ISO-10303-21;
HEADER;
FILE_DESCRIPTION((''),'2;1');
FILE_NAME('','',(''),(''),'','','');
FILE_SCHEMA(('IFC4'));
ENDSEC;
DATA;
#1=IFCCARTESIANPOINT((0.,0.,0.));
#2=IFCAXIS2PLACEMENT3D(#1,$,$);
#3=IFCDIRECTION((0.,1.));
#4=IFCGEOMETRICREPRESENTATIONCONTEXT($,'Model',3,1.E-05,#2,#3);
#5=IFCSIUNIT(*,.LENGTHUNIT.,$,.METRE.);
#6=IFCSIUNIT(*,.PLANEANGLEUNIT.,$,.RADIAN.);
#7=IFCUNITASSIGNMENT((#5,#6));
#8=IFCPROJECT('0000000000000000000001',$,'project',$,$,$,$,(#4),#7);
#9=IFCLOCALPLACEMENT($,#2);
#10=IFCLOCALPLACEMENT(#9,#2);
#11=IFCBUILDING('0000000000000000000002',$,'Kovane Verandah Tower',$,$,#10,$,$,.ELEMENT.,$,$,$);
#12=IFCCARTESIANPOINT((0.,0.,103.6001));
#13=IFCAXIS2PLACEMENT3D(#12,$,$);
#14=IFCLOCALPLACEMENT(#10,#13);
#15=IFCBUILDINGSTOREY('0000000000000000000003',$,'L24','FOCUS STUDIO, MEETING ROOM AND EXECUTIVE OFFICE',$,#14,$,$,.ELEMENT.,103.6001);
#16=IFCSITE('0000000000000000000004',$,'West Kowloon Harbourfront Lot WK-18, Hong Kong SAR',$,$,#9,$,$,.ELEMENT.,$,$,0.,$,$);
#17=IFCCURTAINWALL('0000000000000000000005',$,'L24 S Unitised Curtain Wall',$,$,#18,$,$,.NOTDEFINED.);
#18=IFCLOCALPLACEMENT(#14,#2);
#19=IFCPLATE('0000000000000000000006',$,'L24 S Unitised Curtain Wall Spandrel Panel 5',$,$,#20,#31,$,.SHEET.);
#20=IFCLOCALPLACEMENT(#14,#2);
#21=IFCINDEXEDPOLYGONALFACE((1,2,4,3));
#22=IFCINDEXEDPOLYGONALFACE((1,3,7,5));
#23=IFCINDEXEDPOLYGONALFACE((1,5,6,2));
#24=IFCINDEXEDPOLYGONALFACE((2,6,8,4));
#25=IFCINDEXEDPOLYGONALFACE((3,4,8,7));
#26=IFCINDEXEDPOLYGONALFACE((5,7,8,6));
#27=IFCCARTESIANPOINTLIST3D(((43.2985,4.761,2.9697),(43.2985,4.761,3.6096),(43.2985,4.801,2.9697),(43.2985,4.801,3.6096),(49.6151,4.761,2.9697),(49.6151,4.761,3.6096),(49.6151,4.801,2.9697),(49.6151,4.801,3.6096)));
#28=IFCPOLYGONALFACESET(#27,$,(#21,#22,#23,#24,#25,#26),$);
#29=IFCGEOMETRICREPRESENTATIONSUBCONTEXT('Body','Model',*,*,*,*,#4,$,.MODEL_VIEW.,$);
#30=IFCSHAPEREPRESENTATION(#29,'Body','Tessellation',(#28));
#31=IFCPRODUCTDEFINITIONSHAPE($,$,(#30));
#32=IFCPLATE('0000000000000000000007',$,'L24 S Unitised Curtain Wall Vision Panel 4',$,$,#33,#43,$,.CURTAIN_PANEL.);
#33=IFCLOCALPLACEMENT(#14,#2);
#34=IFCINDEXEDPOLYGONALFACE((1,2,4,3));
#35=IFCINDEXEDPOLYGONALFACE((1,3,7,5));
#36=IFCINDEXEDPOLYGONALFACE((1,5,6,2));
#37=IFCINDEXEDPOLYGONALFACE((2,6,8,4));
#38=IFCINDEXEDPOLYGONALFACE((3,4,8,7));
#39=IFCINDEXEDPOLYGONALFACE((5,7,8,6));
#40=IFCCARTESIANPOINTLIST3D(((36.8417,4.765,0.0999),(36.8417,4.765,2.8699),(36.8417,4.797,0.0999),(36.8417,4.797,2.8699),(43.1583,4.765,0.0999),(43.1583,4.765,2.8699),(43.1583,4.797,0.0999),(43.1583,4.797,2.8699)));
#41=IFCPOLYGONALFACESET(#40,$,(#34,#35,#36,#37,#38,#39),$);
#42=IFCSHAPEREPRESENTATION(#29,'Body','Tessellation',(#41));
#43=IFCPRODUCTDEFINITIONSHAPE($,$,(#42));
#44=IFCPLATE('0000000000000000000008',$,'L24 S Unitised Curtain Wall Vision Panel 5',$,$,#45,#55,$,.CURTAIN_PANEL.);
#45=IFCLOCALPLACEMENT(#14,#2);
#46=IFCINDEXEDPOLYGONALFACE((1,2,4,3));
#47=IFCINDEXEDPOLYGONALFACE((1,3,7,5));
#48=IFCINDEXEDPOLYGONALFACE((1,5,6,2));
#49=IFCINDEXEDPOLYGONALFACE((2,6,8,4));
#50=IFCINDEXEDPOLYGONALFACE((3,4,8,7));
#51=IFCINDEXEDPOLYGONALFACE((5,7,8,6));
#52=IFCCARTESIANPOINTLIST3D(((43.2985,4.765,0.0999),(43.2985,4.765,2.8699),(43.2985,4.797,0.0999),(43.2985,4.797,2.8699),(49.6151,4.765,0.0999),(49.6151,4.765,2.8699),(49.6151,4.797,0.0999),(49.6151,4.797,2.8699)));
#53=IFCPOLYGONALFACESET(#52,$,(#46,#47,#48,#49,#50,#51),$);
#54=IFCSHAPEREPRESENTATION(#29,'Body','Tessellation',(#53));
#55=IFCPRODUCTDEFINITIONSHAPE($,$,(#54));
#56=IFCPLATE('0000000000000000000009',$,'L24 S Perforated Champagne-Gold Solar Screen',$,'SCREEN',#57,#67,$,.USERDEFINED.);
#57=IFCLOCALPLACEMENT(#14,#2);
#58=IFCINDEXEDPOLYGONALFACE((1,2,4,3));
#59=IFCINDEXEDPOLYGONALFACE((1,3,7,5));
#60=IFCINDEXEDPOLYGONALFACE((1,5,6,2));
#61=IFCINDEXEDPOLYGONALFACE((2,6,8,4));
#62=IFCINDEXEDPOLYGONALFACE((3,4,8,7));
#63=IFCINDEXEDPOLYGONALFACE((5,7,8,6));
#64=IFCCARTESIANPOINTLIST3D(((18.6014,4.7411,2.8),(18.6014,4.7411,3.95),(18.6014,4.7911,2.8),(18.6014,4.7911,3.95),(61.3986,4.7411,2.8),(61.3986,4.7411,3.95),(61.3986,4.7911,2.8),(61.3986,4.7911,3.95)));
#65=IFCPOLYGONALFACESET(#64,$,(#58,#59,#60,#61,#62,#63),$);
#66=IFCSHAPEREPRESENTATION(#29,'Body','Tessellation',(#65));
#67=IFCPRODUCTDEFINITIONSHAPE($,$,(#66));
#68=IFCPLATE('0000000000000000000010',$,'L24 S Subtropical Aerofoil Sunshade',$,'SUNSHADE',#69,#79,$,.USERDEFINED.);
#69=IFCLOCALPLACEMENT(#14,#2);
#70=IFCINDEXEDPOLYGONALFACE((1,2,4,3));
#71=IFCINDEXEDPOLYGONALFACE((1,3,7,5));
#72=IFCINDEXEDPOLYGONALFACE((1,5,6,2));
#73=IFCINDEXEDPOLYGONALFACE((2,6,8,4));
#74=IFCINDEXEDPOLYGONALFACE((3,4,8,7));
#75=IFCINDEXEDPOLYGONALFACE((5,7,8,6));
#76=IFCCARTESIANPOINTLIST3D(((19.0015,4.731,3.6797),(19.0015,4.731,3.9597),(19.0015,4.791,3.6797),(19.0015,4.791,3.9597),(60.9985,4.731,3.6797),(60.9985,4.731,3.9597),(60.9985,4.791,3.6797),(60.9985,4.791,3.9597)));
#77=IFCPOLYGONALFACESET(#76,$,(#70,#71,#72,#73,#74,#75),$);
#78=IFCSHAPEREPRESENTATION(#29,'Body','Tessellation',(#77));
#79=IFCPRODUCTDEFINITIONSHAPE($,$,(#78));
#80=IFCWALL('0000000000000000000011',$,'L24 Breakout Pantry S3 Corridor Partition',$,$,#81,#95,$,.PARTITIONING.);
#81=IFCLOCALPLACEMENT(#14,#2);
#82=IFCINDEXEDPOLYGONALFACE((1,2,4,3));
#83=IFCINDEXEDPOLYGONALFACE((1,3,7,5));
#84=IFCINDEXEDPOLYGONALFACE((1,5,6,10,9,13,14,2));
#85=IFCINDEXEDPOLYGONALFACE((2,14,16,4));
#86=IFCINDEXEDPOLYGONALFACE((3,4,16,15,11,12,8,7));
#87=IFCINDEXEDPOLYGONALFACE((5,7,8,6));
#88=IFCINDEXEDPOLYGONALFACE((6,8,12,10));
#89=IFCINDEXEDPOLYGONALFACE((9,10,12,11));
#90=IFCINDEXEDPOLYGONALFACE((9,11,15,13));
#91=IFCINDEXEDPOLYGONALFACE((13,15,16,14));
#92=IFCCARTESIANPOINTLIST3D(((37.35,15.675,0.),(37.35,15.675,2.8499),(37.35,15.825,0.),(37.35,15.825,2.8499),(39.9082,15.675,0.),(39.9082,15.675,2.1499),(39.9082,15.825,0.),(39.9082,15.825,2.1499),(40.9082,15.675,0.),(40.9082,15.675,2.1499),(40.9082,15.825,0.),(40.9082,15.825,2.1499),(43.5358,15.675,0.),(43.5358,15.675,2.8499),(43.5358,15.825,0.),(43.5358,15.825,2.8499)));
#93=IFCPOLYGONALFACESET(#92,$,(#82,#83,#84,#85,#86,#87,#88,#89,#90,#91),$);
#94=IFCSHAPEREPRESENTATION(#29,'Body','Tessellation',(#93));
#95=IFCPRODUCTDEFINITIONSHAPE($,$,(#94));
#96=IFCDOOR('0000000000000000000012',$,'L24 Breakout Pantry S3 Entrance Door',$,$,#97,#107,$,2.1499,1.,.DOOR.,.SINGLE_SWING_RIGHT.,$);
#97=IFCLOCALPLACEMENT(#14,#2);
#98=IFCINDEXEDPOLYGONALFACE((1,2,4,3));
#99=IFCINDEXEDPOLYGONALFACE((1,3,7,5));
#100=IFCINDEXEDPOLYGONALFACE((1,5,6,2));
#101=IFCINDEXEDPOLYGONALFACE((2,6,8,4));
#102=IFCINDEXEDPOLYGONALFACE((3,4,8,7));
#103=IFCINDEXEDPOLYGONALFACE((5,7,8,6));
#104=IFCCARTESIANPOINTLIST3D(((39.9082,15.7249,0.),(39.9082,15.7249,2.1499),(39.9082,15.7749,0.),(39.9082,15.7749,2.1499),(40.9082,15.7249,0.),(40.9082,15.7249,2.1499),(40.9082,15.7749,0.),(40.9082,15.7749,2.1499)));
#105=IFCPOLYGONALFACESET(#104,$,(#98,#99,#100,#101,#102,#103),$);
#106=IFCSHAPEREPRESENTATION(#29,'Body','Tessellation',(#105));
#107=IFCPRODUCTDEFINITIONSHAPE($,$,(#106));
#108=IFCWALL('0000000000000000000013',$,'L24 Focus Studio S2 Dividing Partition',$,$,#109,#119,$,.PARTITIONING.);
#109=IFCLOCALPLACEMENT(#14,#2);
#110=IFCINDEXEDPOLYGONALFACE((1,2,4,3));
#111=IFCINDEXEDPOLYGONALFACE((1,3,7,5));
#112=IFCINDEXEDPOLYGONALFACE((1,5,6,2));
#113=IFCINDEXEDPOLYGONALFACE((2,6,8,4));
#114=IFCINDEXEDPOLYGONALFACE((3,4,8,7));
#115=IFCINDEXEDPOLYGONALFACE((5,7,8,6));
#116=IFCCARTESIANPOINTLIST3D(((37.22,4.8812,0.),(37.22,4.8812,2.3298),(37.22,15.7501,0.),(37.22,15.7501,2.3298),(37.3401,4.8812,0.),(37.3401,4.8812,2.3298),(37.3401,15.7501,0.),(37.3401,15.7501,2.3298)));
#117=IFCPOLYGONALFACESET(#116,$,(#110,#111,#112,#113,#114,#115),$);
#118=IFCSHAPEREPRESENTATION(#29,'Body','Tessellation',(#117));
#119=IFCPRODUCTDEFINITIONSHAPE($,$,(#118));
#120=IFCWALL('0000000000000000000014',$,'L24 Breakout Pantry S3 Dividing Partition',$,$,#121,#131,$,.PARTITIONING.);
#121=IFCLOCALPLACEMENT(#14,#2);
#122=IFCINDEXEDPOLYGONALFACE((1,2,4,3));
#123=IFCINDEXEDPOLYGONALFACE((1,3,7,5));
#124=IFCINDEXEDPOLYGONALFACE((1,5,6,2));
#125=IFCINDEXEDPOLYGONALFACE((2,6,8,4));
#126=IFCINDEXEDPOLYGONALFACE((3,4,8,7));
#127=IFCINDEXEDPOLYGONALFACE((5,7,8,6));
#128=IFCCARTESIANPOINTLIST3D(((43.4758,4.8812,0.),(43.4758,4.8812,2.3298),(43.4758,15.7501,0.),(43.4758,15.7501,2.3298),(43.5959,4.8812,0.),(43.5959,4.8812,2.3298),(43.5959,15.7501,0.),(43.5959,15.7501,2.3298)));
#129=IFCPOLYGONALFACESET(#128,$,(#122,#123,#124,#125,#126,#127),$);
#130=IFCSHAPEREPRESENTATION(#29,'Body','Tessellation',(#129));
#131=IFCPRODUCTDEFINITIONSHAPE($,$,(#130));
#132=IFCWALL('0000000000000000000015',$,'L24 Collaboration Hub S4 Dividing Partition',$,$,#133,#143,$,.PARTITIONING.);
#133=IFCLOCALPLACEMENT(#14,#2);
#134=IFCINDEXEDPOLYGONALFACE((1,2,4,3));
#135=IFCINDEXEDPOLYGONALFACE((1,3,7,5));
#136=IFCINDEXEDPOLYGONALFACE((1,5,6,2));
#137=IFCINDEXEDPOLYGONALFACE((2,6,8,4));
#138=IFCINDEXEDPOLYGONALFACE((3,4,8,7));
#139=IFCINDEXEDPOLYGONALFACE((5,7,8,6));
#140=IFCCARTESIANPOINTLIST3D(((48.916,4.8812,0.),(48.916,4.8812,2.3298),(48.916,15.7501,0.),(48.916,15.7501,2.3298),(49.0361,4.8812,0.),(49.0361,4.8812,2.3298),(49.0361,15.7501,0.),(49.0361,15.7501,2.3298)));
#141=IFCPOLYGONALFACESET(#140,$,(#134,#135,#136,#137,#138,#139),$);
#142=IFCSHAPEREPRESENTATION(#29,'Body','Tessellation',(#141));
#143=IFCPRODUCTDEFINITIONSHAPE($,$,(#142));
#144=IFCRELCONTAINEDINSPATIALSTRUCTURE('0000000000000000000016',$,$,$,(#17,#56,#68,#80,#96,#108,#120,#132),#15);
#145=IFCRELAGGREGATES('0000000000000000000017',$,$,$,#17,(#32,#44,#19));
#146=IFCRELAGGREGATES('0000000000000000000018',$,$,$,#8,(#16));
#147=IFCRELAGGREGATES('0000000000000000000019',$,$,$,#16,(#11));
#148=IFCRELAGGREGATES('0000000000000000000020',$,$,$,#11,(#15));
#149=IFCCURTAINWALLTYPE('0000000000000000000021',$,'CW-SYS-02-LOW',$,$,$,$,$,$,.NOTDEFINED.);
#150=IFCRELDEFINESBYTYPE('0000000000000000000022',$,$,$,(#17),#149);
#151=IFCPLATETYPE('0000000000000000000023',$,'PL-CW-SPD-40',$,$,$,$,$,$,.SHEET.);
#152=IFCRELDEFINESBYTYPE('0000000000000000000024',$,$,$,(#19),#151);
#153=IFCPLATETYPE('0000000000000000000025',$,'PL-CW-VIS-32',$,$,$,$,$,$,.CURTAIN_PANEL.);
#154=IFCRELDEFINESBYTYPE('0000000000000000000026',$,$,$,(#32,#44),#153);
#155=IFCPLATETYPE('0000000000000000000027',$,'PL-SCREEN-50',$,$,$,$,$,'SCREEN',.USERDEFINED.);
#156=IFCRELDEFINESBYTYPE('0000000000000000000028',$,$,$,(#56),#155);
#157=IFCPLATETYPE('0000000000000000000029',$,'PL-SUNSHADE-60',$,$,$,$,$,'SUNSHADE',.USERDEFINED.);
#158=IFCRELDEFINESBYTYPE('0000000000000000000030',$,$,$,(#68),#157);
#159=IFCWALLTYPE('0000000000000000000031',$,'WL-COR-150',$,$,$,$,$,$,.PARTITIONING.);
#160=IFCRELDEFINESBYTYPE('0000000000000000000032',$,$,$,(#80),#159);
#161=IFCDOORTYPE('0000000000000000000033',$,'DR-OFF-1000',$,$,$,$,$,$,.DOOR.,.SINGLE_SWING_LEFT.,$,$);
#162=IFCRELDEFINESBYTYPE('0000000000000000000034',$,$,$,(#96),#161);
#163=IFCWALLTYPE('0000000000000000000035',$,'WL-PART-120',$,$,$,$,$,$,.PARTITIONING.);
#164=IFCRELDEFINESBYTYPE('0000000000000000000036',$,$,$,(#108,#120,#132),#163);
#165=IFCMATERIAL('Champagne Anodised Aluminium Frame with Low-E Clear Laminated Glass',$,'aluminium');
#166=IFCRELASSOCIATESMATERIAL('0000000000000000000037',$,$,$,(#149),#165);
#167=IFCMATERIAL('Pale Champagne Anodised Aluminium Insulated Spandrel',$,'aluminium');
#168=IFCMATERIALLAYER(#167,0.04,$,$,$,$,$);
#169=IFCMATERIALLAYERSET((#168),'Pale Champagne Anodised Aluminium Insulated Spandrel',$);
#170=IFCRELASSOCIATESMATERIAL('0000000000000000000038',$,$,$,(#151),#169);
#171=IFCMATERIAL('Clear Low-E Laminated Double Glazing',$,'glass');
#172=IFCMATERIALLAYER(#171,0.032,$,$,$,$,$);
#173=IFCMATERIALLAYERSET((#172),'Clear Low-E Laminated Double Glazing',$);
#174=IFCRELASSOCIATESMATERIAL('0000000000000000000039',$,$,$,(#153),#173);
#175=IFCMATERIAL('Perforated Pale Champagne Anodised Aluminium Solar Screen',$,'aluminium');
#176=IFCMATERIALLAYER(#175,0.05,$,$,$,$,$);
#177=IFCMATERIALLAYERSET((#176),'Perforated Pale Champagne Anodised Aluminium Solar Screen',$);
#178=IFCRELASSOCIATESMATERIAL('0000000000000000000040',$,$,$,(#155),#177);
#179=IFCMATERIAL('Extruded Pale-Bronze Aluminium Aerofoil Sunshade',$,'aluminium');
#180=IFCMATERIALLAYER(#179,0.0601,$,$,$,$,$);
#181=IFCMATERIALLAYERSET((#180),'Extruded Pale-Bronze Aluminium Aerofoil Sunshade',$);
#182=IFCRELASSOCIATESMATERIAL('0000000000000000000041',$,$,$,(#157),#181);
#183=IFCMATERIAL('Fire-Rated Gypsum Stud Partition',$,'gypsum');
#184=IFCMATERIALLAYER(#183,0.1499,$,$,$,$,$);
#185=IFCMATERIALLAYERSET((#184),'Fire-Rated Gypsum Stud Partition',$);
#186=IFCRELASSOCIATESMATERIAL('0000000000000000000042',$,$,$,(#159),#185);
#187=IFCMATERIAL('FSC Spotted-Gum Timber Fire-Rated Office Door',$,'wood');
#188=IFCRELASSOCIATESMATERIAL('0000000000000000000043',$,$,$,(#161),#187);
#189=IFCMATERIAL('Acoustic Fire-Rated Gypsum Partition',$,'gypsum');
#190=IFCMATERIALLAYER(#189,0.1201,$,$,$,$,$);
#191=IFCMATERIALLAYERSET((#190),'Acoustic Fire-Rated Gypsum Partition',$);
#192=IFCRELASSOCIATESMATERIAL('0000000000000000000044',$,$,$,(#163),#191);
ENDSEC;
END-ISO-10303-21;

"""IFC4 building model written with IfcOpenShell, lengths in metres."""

from ifc_helpers import new_model, si_unit, direction, frame, frame_2d, origin, origin_2d, place, context, subcontext, project, spatial, rectangle, extrude, material, layer, layer_set, type_object, element, fill, aggregate, save


model = new_model("IFC4")

# Units and contexts
model_context = context("Model", 3, precision=1e-05, world=origin(), true_north=direction((0.0, 1.0)))
body_context = subcontext(model_context, "Body", "Model", "MODEL_VIEW")
ifc_project = project(units=[si_unit("LENGTHUNIT", "METRE"), si_unit("PLANEANGLEUNIT", "RADIAN")], contexts=[model_context])

# Site, building, storey
site_placement = place(None, origin())
site = spatial("IfcSite", under=ifc_project, at=site_placement, Name="West Kowloon Harbourfront Lot WK-18, Hong Kong SAR", CompositionType="ELEMENT", RefElevation=0.0)
building_placement = place(site_placement, origin())
building = spatial("IfcBuilding", under=site, at=building_placement, Name="Kovane Verandah Tower", CompositionType="ELEMENT")
storey_placement = place(building_placement, frame((0.0, 0.0, 103.6001)))
storey = spatial("IfcBuildingStorey", under=building, at=storey_placement, Name="L24", Description="FOCUS STUDIO, MEETING ROOM AND EXECUTIVE OFFICE", CompositionType="ELEMENT", Elevation=103.6001)

# Curtain wall, plates
ifc_material_1 = material(Name="Champagne Anodised Aluminium Frame with Low-E Clear Laminated Glass", Category="aluminium")
curtain_wall_type = type_object("IfcCurtainWallType", Name="CW-SYS-02-LOW", PredefinedType="NOTDEFINED", material=ifc_material_1)
curtain_wall_placement = place(storey_placement, origin())
curtain_wall = element("IfcCurtainWall", 1, at=curtain_wall_placement, inside=storey, type_object=curtain_wall_type, Name="L24 S Unitised Curtain Wall", PredefinedType="NOTDEFINED")
ifc_material_2 = material(Name="Pale Champagne Anodised Aluminium Insulated Spandrel", Category="aluminium")
ifc_layer_1 = layer(ifc_material_2, 0.04)
ifc_layer_set_1 = layer_set([ifc_layer_1], Name="Pale Champagne Anodised Aluminium Insulated Spandrel")
plate_type_1 = type_object("IfcPlateType", Name="PL-CW-SPD-40", PredefinedType="SHEET", material=ifc_layer_set_1)
plate_1_placement = place(storey_placement, frame((46.4568, 4.781, 2.9697), z_axis=(0.0, 0.0, 1.0), x_axis=(1.0, 0.0, 0.0)))
plate_1 = element("IfcPlate", 2, at=plate_1_placement, type_object=plate_type_1, Name="L24 S Unitised Curtain Wall Spandrel Panel 5", PredefinedType="SHEET", context=body_context, shape_type="SweptSolid", body=[
    extrude(rectangle(XDim=6.3167, YDim=0.04, at=origin_2d()), origin(), (0.0, 0.0, 1.0), 0.6399),
])
ifc_material_3 = material(Name="Clear Low-E Laminated Double Glazing", Category="glass")
ifc_layer_2 = layer(ifc_material_3, 0.032)
ifc_layer_set_2 = layer_set([ifc_layer_2], Name="Clear Low-E Laminated Double Glazing")
plate_type_2 = type_object("IfcPlateType", Name="PL-CW-VIS-32", PredefinedType="CURTAIN_PANEL", material=ifc_layer_set_2)
plate_2_placement = place(storey_placement, frame((40.0, 4.781, 0.0999), z_axis=(0.0, 0.0, 1.0), x_axis=(1.0, 0.0, 0.0)))
plate_2 = element("IfcPlate", 3, at=plate_2_placement, type_object=plate_type_2, Name="L24 S Unitised Curtain Wall Vision Panel 4", PredefinedType="CURTAIN_PANEL", context=body_context, shape_type="SweptSolid", body=[
    extrude(rectangle(XDim=6.3167, YDim=0.032, at=origin_2d()), origin(), (0.0, 0.0, 1.0), 2.77),
])
plate_3_placement = place(storey_placement, frame((46.4568, 4.781, 0.0999), z_axis=(0.0, 0.0, 1.0), x_axis=(1.0, 0.0, 0.0)))
plate_3 = element("IfcPlate", 4, at=plate_3_placement, type_object=plate_type_2, Name="L24 S Unitised Curtain Wall Vision Panel 5", PredefinedType="CURTAIN_PANEL", context=body_context, shape_type="SweptSolid", body=[
    extrude(rectangle(XDim=6.3167, YDim=0.032, at=origin_2d()), origin(), (0.0, 0.0, 1.0), 2.77),
])
aggregate(curtain_wall, [plate_2, plate_3, plate_1])

# Plates
ifc_material_4 = material(Name="Perforated Pale Champagne Anodised Aluminium Solar Screen", Category="aluminium")
ifc_layer_3 = layer(ifc_material_4, 0.05)
ifc_layer_set_3 = layer_set([ifc_layer_3], Name="Perforated Pale Champagne Anodised Aluminium Solar Screen")
plate_type_3 = type_object("IfcPlateType", Name="PL-SCREEN-50", ElementType="SCREEN", PredefinedType="USERDEFINED", material=ifc_layer_set_3)
plate_4_placement = place(storey_placement, frame((40.0, 4.7661, 2.8), z_axis=(0.0, 0.0, 1.0), x_axis=(1.0, 0.0, 0.0)))
element("IfcPlate", 5, at=plate_4_placement, inside=storey, type_object=plate_type_3, Name="L24 S Perforated Champagne-Gold Solar Screen", ObjectType="SCREEN", PredefinedType="USERDEFINED", context=body_context, shape_type="SweptSolid", body=[
    extrude(rectangle(XDim=42.7971, YDim=0.05, at=origin_2d()), origin(), (0.0, 0.0, 1.0), 1.1499),
])
ifc_material_5 = material(Name="Extruded Pale-Bronze Aluminium Aerofoil Sunshade", Category="aluminium")
ifc_layer_4 = layer(ifc_material_5, 0.0601)
ifc_layer_set_4 = layer_set([ifc_layer_4], Name="Extruded Pale-Bronze Aluminium Aerofoil Sunshade")
plate_type_4 = type_object("IfcPlateType", Name="PL-SUNSHADE-60", ElementType="SUNSHADE", PredefinedType="USERDEFINED", material=ifc_layer_set_4)
plate_5_placement = place(storey_placement, frame((40.0, 4.761, 3.6797), z_axis=(0.0, 0.0, 1.0), x_axis=(1.0, 0.0, 0.0)))
element("IfcPlate", 6, at=plate_5_placement, inside=storey, type_object=plate_type_4, Name="L24 S Subtropical Aerofoil Sunshade", ObjectType="SUNSHADE", PredefinedType="USERDEFINED", context=body_context, shape_type="SweptSolid", body=[
    extrude(rectangle(XDim=41.9971, YDim=0.0601, at=origin_2d()), origin(), (0.0, 0.0, 1.0), 0.28),
])

# Wall, opening, door
ifc_material_6 = material(Name="Fire-Rated Gypsum Stud Partition", Category="gypsum")
ifc_layer_5 = layer(ifc_material_6, 0.1499)
ifc_layer_set_5 = layer_set([ifc_layer_5], Name="Fire-Rated Gypsum Stud Partition")
wall_type_1 = type_object("IfcWallType", Name="WL-COR-150", PredefinedType="PARTITIONING", material=ifc_layer_set_5)
wall_1_placement = place(storey_placement, frame((37.3501, 15.75, 0.0), z_axis=(0.0, 0.0, 1.0), x_axis=(1.0, 0.0, 0.0)))
wall_1 = element("IfcWall", 7, at=wall_1_placement, inside=storey, type_object=wall_type_1, Name="L24 Breakout Pantry S3 Corridor Partition", PredefinedType="PARTITIONING", context=body_context, shape_type="SweptSolid", body=[
    extrude(rectangle(XDim=6.1858, YDim=0.1499, at=frame_2d((3.0928, 0.0))), origin(), (0.0, 0.0, 1.0), 2.8499),
])
opening_1_placement = place(wall_1_placement, frame((2.5581, 0.0, 0.0)))
opening_1 = element("IfcOpeningElement", 8, at=opening_1_placement, cuts=wall_1, PredefinedType="OPENING", context=body_context, shape_type="SweptSolid", body=[
    extrude(rectangle(XDim=1.0, YDim=2.1499, at=frame_2d((0.5, 1.075))), frame((0.0, 0.075, 0.0), z_axis=(0.0, -1.0, 0.0), x_axis=(1.0, 0.0, 0.0)), (0.0, 0.0, 1.0), 0.1499),
])
ifc_material_7 = material(Name="FSC Spotted-Gum Timber Fire-Rated Office Door", Category="wood")
door_type = type_object("IfcDoorType", Name="DR-OFF-1000", OperationType="SINGLE_SWING_LEFT", PredefinedType="DOOR", material=ifc_material_7)
door_1_placement = place(opening_1_placement, origin())
door_1 = element("IfcDoor", 9, at=door_1_placement, inside=storey, type_object=door_type, Name="L24 Breakout Pantry S3 Entrance Door", OperationType="SINGLE_SWING_RIGHT", OverallHeight=2.1499, OverallWidth=1.0, PredefinedType="DOOR", context=body_context, shape_type="SweptSolid", body=[
    extrude(rectangle(XDim=1.0, YDim=2.1499, at=frame_2d((0.5, 1.075))), frame((0.0, 0.0249, 0.0), z_axis=(0.0, -1.0, 0.0), x_axis=(1.0, 0.0, 0.0)), (0.0, 0.0, 1.0), 0.05),
])
fill(opening_1, door_1)

# Walls
ifc_material_8 = material(Name="Acoustic Fire-Rated Gypsum Partition", Category="gypsum")
ifc_layer_6 = layer(ifc_material_8, 0.1201)
ifc_layer_set_6 = layer_set([ifc_layer_6], Name="Acoustic Fire-Rated Gypsum Partition")
wall_type_2 = type_object("IfcWallType", Name="WL-PART-120", PredefinedType="PARTITIONING", material=ifc_layer_set_6)
for number, where, z_axis, x_axis, name in (
    (10, (37.28, 4.8811, 0.0), (0.0, 0.0, 1.0), (0.0, 1.0, 0.0), "L24 Focus Studio S2 Dividing Partition"),
    (11, (43.5359, 4.8811, 0.0), (0.0, 0.0, 1.0), (0.0, 1.0, 0.0), "L24 Breakout Pantry S3 Dividing Partition"),
    (12, (48.9761, 4.8811, 0.0), (0.0, 0.0, 1.0), (0.0, 1.0, 0.0), "L24 Collaboration Hub S4 Dividing Partition"),
):
    element("IfcWall", number, at=place(storey_placement, frame(where, z_axis=z_axis, x_axis=x_axis)), inside=storey, type_object=wall_type_2, Name=name, PredefinedType="PARTITIONING", context=body_context, shape_type="SweptSolid", body=[
        extrude(rectangle(XDim=10.8689, YDim=0.1201, at=frame_2d((5.4346, 0.0))), origin(), (0.0, 0.0, 1.0), 2.3298),
    ])

save(model, "model.ifc")
